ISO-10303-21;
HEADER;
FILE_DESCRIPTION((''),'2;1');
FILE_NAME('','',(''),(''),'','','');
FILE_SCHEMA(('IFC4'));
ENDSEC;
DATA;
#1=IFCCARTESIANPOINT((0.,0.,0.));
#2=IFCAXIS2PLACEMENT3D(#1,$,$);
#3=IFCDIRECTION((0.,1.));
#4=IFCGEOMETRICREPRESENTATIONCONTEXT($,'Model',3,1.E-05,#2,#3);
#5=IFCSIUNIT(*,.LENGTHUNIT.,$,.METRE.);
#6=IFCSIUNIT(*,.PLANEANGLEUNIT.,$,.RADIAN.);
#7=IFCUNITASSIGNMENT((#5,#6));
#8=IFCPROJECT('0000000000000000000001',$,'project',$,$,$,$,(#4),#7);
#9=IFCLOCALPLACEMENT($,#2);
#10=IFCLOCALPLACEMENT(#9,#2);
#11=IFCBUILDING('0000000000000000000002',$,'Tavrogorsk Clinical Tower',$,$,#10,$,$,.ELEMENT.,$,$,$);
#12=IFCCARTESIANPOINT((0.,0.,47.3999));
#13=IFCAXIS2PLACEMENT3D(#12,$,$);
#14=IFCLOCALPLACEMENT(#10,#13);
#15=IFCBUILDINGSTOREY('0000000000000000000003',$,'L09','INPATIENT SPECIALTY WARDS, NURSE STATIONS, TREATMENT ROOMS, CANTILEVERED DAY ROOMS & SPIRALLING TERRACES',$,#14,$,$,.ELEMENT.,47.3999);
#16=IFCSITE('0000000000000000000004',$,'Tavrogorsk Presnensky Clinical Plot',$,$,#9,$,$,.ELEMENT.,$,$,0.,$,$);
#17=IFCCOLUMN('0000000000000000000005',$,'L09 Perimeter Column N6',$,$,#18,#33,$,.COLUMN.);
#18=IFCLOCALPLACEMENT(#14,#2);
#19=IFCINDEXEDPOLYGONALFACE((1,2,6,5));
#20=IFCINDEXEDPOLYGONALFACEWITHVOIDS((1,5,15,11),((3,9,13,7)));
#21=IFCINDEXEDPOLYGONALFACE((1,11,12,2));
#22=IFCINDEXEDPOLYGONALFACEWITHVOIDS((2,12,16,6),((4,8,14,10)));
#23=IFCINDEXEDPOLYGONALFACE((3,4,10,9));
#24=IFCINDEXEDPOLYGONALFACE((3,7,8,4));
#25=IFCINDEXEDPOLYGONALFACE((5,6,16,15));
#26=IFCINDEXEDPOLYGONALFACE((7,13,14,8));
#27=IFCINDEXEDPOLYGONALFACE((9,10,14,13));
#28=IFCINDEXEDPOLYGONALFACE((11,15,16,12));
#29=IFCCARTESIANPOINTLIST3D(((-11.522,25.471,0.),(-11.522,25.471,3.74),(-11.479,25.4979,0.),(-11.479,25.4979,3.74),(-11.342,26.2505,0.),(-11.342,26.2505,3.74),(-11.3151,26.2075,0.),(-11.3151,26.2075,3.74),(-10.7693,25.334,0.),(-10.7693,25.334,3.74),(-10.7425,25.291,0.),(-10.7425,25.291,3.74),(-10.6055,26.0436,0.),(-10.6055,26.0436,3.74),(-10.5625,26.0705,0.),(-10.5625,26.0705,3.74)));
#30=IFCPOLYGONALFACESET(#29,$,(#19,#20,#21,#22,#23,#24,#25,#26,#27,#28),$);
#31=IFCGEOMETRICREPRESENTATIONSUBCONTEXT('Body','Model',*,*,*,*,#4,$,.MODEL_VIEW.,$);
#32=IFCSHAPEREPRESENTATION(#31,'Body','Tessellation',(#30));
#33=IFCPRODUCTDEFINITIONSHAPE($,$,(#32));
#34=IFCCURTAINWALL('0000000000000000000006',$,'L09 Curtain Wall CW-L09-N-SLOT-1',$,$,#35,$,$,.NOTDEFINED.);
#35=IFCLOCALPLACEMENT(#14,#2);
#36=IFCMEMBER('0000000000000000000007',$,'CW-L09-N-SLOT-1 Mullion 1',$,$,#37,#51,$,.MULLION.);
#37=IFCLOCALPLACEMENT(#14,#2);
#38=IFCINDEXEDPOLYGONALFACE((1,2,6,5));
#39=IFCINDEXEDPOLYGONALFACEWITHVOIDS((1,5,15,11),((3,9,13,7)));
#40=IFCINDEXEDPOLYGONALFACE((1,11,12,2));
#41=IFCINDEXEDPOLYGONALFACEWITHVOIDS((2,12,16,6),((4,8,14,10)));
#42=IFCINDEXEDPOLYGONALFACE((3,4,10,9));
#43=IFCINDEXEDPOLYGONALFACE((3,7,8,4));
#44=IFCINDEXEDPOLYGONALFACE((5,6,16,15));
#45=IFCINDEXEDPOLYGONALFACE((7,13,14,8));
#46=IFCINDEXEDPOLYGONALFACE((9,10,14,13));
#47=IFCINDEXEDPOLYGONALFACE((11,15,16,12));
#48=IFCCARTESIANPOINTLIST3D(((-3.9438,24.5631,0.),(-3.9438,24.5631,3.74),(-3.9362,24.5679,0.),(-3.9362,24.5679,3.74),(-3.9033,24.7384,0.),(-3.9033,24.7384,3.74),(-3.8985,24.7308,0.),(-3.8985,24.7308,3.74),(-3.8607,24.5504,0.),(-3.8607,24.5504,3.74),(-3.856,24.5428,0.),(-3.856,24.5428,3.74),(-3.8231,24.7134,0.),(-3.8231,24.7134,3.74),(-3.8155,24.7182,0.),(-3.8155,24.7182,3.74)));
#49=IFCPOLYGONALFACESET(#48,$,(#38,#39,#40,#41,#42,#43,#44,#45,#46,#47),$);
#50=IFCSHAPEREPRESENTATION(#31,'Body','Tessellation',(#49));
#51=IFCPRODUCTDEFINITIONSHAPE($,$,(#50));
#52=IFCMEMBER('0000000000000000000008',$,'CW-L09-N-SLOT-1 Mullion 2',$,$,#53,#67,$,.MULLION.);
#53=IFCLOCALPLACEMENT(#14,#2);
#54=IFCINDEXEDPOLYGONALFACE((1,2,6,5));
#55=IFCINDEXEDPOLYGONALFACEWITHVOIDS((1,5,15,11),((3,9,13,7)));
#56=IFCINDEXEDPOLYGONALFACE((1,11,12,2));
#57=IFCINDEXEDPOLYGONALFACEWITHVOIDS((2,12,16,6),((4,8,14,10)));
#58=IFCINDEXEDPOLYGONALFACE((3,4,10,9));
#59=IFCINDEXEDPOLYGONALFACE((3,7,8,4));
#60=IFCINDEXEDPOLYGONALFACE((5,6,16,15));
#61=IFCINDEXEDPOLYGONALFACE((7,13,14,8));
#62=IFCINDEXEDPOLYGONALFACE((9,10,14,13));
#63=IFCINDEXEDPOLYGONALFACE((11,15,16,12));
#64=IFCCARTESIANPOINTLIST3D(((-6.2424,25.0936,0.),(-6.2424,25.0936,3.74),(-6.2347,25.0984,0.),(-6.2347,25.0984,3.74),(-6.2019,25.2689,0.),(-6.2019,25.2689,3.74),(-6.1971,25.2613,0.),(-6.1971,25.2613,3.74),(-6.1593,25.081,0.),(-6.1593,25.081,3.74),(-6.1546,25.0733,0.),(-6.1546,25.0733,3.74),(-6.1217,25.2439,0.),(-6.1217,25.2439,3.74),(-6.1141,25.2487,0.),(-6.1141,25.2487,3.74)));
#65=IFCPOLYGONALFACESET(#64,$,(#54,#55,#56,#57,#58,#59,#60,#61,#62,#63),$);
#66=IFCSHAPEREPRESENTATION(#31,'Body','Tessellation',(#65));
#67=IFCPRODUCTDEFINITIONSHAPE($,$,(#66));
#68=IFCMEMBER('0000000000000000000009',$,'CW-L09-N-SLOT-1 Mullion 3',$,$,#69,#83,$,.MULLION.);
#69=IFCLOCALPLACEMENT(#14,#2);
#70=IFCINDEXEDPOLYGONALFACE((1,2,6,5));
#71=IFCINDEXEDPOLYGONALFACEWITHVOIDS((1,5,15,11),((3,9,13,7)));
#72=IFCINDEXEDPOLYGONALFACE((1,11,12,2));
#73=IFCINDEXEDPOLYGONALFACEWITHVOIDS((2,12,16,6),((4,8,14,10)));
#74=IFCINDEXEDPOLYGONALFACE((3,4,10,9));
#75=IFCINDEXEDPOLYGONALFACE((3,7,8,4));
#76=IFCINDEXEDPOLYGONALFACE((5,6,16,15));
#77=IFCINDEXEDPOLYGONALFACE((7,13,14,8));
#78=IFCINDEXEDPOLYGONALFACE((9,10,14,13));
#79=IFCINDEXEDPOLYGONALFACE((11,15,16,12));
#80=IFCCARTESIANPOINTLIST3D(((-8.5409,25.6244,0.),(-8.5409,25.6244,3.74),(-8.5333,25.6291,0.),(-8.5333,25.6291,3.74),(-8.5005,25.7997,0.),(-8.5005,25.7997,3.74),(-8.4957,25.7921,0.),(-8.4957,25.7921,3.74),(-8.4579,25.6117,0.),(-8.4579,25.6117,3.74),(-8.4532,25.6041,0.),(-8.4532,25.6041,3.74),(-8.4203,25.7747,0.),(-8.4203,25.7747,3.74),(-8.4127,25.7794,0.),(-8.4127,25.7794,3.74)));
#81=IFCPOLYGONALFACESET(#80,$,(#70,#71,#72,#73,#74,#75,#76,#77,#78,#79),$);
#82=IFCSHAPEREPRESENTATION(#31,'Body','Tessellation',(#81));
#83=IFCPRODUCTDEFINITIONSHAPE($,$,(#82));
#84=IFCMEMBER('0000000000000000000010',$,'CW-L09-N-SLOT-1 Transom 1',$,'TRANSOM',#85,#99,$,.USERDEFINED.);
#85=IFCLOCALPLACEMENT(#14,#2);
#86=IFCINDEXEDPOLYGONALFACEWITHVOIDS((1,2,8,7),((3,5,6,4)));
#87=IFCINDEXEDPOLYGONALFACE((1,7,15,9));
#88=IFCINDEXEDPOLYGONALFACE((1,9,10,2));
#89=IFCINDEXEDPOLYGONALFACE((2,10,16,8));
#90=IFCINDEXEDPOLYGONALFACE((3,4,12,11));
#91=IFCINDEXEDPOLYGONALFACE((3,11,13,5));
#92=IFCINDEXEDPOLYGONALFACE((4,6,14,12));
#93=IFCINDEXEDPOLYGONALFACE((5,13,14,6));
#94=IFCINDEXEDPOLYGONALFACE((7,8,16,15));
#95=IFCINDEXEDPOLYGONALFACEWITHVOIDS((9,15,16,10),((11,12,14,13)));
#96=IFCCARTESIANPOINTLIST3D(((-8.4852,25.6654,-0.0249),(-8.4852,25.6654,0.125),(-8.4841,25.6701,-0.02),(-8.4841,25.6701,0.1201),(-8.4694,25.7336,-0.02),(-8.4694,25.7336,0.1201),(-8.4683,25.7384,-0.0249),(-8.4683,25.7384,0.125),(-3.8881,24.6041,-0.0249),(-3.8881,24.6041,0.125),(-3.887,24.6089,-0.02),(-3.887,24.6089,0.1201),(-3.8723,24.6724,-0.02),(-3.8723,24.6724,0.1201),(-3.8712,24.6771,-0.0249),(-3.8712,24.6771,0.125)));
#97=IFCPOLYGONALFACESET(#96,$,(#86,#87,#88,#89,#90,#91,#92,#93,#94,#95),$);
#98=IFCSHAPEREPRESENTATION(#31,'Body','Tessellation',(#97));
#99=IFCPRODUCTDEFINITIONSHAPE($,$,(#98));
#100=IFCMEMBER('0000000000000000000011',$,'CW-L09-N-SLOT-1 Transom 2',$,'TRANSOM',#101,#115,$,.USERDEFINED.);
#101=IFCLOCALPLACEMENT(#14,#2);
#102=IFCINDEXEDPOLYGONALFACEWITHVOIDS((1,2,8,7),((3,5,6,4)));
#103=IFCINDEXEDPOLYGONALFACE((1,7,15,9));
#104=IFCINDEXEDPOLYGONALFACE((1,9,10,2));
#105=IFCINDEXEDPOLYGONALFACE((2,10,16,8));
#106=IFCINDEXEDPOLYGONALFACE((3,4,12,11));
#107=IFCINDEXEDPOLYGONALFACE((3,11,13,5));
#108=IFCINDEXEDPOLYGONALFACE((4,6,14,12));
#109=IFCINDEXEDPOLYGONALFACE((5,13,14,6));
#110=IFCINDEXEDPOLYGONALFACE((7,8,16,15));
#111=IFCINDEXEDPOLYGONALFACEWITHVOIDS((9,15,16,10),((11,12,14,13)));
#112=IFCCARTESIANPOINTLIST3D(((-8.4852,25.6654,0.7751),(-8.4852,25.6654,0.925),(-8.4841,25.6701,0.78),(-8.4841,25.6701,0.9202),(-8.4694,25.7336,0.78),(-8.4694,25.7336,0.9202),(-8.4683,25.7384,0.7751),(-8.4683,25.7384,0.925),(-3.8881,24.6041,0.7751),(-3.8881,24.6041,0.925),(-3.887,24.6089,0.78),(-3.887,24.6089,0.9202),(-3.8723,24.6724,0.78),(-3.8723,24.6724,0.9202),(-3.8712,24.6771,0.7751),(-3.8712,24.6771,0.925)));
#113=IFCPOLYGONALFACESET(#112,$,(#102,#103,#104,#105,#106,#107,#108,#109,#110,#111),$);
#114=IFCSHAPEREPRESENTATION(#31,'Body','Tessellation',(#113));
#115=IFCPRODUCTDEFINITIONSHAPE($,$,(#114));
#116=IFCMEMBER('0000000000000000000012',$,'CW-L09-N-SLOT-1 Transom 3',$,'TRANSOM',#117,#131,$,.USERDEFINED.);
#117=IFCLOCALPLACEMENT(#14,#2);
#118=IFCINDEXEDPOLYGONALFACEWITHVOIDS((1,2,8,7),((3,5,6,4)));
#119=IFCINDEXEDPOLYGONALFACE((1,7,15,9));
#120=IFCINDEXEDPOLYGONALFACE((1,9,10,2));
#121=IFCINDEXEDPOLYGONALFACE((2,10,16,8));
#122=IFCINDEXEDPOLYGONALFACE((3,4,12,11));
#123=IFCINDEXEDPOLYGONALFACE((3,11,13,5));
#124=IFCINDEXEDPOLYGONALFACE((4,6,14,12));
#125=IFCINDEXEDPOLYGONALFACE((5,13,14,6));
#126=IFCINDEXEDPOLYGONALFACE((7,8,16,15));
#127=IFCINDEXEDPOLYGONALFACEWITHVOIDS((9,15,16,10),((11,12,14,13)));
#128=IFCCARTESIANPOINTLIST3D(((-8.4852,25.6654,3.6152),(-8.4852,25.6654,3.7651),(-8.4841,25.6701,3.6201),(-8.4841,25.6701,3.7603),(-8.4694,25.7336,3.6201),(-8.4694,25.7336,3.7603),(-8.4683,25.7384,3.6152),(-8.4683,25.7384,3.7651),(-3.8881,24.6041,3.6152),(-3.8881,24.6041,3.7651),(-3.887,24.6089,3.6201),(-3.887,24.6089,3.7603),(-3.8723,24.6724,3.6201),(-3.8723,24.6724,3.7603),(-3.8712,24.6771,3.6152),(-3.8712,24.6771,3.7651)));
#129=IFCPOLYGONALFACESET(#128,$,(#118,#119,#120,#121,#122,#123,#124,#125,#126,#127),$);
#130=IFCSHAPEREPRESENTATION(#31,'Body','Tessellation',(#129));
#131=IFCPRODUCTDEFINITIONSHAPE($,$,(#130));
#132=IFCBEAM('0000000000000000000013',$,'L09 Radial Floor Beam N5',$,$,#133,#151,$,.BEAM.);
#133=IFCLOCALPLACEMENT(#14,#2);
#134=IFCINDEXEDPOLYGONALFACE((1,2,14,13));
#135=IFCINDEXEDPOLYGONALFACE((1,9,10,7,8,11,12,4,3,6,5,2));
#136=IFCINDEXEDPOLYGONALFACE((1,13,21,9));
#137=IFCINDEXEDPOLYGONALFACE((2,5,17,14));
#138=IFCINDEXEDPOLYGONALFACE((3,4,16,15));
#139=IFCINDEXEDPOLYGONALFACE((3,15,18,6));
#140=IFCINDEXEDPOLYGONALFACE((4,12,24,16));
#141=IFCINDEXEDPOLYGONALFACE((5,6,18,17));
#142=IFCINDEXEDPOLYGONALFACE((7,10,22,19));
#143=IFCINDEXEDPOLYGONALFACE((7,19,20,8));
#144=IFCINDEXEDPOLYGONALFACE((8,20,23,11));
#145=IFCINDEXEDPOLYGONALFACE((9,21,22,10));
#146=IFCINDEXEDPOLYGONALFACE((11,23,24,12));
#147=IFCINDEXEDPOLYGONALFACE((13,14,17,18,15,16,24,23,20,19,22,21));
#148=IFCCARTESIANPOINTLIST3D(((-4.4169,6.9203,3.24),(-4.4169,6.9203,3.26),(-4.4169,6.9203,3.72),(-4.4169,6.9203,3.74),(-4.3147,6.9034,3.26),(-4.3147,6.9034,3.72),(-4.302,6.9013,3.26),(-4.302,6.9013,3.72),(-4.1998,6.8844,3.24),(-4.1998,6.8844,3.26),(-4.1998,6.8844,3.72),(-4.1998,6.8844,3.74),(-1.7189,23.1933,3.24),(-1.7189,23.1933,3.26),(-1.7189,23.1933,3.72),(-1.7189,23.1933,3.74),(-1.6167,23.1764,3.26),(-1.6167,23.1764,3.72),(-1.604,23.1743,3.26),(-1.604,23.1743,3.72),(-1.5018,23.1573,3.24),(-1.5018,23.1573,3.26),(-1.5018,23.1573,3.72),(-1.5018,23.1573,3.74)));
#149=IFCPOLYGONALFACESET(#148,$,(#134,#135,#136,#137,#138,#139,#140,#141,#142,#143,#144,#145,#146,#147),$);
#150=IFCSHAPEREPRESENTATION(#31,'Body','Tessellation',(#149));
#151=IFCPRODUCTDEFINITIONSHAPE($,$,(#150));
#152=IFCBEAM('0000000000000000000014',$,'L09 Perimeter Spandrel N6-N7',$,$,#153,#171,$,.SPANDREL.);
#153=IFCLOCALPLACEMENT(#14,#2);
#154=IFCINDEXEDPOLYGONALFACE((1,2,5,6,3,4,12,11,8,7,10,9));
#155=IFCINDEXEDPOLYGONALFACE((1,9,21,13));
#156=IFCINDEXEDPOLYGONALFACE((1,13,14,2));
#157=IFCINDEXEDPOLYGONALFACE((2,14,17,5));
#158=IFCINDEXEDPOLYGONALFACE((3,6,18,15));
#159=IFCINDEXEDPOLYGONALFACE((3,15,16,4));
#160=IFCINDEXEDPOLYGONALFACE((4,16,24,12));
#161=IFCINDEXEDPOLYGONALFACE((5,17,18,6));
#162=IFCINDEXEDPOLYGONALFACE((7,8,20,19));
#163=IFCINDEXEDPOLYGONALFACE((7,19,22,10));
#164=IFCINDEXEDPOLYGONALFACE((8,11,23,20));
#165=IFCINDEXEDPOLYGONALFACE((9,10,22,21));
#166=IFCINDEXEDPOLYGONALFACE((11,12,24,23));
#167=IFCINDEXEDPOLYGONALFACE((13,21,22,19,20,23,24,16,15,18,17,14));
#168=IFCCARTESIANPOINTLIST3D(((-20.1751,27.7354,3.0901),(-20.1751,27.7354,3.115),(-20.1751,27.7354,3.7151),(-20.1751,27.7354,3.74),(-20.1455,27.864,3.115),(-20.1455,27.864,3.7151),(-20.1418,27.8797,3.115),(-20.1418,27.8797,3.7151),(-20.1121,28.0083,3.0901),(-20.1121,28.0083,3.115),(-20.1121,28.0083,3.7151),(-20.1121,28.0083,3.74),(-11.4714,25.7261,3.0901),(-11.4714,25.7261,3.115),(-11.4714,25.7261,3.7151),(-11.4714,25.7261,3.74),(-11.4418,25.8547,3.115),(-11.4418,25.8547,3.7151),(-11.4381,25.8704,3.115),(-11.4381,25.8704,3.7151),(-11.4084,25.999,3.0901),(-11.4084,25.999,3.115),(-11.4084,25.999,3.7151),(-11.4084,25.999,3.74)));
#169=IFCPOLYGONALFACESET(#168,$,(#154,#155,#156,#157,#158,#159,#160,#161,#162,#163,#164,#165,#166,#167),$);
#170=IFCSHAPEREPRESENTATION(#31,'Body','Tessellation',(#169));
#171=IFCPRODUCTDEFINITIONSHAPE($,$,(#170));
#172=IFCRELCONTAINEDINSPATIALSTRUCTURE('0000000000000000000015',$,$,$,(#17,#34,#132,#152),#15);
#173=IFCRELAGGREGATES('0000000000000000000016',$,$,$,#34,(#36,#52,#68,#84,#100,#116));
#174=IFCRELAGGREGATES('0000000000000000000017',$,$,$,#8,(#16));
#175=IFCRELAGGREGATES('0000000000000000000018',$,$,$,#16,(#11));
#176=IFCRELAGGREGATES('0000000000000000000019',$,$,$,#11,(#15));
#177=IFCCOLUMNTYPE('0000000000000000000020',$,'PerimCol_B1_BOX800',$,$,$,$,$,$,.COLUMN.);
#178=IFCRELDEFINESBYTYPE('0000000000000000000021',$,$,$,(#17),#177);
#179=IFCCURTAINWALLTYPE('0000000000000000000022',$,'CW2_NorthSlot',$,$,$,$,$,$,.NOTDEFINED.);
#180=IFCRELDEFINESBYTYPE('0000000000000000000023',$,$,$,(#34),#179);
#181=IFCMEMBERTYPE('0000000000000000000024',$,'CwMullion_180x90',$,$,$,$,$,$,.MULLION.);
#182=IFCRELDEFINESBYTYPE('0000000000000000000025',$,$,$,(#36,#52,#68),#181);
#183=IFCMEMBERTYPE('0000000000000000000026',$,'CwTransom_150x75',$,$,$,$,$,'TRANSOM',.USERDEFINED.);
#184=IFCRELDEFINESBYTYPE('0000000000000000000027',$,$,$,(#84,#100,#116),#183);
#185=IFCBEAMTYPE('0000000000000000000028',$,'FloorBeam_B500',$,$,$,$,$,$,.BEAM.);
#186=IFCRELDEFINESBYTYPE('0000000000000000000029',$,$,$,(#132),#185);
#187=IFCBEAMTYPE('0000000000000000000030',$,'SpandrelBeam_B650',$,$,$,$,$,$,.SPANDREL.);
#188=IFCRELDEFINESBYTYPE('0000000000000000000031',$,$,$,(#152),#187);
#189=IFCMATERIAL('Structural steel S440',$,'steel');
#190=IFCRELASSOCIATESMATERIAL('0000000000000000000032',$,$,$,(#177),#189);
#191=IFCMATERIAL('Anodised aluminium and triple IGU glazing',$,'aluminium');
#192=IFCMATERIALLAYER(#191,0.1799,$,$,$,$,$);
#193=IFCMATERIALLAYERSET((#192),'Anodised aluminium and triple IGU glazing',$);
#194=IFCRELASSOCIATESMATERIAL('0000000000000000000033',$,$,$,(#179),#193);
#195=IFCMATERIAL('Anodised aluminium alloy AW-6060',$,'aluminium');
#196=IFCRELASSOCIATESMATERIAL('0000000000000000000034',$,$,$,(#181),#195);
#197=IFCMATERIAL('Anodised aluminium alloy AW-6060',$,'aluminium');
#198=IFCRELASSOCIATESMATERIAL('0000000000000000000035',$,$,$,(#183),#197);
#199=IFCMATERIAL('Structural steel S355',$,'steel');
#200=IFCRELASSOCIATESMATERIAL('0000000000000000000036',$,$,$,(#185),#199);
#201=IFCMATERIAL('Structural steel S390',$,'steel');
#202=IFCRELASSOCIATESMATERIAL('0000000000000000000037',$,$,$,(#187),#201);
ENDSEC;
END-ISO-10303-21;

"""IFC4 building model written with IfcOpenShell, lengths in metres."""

from ifc_helpers import new_model, si_unit, direction, frame, origin, origin_2d, place, context, subcontext, project, spatial, hollow_rectangle, i_section, extrude, material, layer, layer_set, material_profile, profile_set, type_object, element, aggregate, save


model = new_model("IFC4")

# Units and contexts
model_context = context("Model", 3, precision=1e-05, world=origin(), true_north=direction((0.0, 1.0)))
body_context = subcontext(model_context, "Body", "Model", "MODEL_VIEW")
ifc_project = project(units=[si_unit("LENGTHUNIT", "METRE"), si_unit("PLANEANGLEUNIT", "RADIAN")], contexts=[model_context])

# Site, building, storey
site_placement = place(None, origin())
site = spatial("IfcSite", under=ifc_project, at=site_placement, Name="Tavrogorsk Presnensky Clinical Plot", CompositionType="ELEMENT", RefElevation=0.0)
building_placement = place(site_placement, origin())
building = spatial("IfcBuilding", under=site, at=building_placement, Name="Tavrogorsk Clinical Tower", CompositionType="ELEMENT")
storey_placement = place(building_placement, frame((0.0, 0.0, 47.3999)))
storey = spatial("IfcBuildingStorey", under=building, at=storey_placement, Name="L09", Description="INPATIENT SPECIALTY WARDS, NURSE STATIONS, TREATMENT ROOMS, CANTILEVERED DAY ROOMS & SPIRALLING TERRACES", CompositionType="ELEMENT", Elevation=47.3999)

# Column
ifc_material_1 = material(Name="Structural steel S440", Category="steel")
ifc_material_profile_1 = material_profile(ifc_material_1, hollow_rectangle(XDim=0.8, YDim=0.8, WallThickness=0.0359, at=origin_2d()), Name="BOX-800x800x36")
ifc_profile_set_1 = profile_set([ifc_material_profile_1], Name="Structural steel S440")
column_type = type_object("IfcColumnType", Name="PerimCol_B1_BOX800", PredefinedType="COLUMN", material=ifc_profile_set_1)
column_placement = place(storey_placement, frame((-11.0422, 25.7708, 0.0), z_axis=(0.0, 0.0, 1.0), x_axis=(0.97437, -0.224951, 0.0)))
element("IfcColumn", 1, at=column_placement, inside=storey, type_object=column_type, Name="L09 Perimeter Column N6", PredefinedType="COLUMN", context=body_context, shape_type="SweptSolid", body=[
    extrude(hollow_rectangle(XDim=0.8, YDim=0.8, WallThickness=0.0359, at=origin_2d()), origin(), (0.0, 0.0, 1.0), 3.74),
])

# Curtain wall, members
ifc_material_2 = material(Name="Anodised aluminium and triple IGU glazing", Category="aluminium")
ifc_layer_1 = layer(ifc_material_2, 0.1799)
ifc_layer_set_1 = layer_set([ifc_layer_1], Name="Anodised aluminium and triple IGU glazing")
curtain_wall_type = type_object("IfcCurtainWallType", Name="CW2_NorthSlot", PredefinedType="NOTDEFINED", material=ifc_layer_set_1)
curtain_wall_placement = place(storey_placement, origin())
curtain_wall = element("IfcCurtainWall", 2, at=curtain_wall_placement, inside=storey, type_object=curtain_wall_type, Name="L09 Curtain Wall CW-L09-N-SLOT-1", PredefinedType="NOTDEFINED")
ifc_material_3 = material(Name="Anodised aluminium alloy AW-6060", Category="aluminium")
ifc_material_profile_2 = material_profile(ifc_material_3, hollow_rectangle(XDim=0.0901, YDim=0.1799, WallThickness=0.0063, at=origin_2d()), Name="RHS-180x90x6.3")
ifc_profile_set_2 = profile_set([ifc_material_profile_2], Name="Anodised aluminium alloy AW-6060")
member_type_1 = type_object("IfcMemberType", Name="CwMullion_180x90", PredefinedType="MULLION", material=ifc_profile_set_2)
member_1_placement = place(storey_placement, frame((-3.8796, 24.6406, 0.0), z_axis=(0.0, 0.0, 1.0), x_axis=(-0.97437, 0.224951, 0.0)))
member_1 = element("IfcMember", 3, at=member_1_placement, type_object=member_type_1, Name="CW-L09-N-SLOT-1 Mullion 1", PredefinedType="MULLION", context=body_context, shape_type="SweptSolid", body=[
    extrude(hollow_rectangle(XDim=0.0901, YDim=0.1799, WallThickness=0.0063, at=origin_2d()), origin(), (0.0, 0.0, 1.0), 3.74),
])
member_2_placement = place(storey_placement, frame((-6.1782, 25.1711, 0.0), z_axis=(0.0, 0.0, 1.0), x_axis=(-0.97437, 0.224951, 0.0)))
member_2 = element("IfcMember", 4, at=member_2_placement, type_object=member_type_1, Name="CW-L09-N-SLOT-1 Mullion 2", PredefinedType="MULLION", context=body_context, shape_type="SweptSolid", body=[
    extrude(hollow_rectangle(XDim=0.0901, YDim=0.1799, WallThickness=0.0063, at=origin_2d()), origin(), (0.0, 0.0, 1.0), 3.74),
])
member_3_placement = place(storey_placement, frame((-8.4768, 25.7019, 0.0), z_axis=(0.0, 0.0, 1.0), x_axis=(-0.97437, 0.224951, 0.0)))
member_3 = element("IfcMember", 5, at=member_3_placement, type_object=member_type_1, Name="CW-L09-N-SLOT-1 Mullion 3", PredefinedType="MULLION", context=body_context, shape_type="SweptSolid", body=[
    extrude(hollow_rectangle(XDim=0.0901, YDim=0.1799, WallThickness=0.0063, at=origin_2d()), origin(), (0.0, 0.0, 1.0), 3.74),
])
ifc_material_4 = material(Name="Anodised aluminium alloy AW-6060", Category="aluminium")
ifc_material_profile_3 = material_profile(ifc_material_4, hollow_rectangle(XDim=0.075, YDim=0.1499, WallThickness=0.0049, at=origin_2d()), Name="RHS-150x75x5")
ifc_profile_set_3 = profile_set([ifc_material_profile_3], Name="Anodised aluminium alloy AW-6060")
member_type_2 = type_object("IfcMemberType", Name="CwTransom_150x75", ElementType="TRANSOM", PredefinedType="USERDEFINED", material=ifc_profile_set_3)
member_4_placement = place(storey_placement, frame((-3.8796, 24.6406, 0.05), z_axis=(-0.974373, 0.224939, 0.0), x_axis=(-0.224939, -0.974373, 0.0)))
member_4 = element("IfcMember", 6, at=member_4_placement, type_object=member_type_2, Name="CW-L09-N-SLOT-1 Transom 1", ObjectType="TRANSOM", PredefinedType="USERDEFINED", context=body_context, shape_type="SweptSolid", body=[
    extrude(hollow_rectangle(XDim=0.075, YDim=0.1499, WallThickness=0.0049, at=origin_2d()), origin(), (0.0, 0.0, 1.0), 4.718),
])
member_5_placement = place(storey_placement, frame((-3.8796, 24.6406, 0.8501), z_axis=(-0.974373, 0.224939, 0.0), x_axis=(-0.224939, -0.974373, 0.0)))
member_5 = element("IfcMember", 7, at=member_5_placement, type_object=member_type_2, Name="CW-L09-N-SLOT-1 Transom 2", ObjectType="TRANSOM", PredefinedType="USERDEFINED", context=body_context, shape_type="SweptSolid", body=[
    extrude(hollow_rectangle(XDim=0.075, YDim=0.1499, WallThickness=0.0049, at=origin_2d()), origin(), (0.0, 0.0, 1.0), 4.718),
])
member_6_placement = place(storey_placement, frame((-3.8796, 24.6406, 3.6902), z_axis=(-0.974373, 0.224939, 0.0), x_axis=(-0.224939, -0.974373, 0.0)))
member_6 = element("IfcMember", 8, at=member_6_placement, type_object=member_type_2, Name="CW-L09-N-SLOT-1 Transom 3", ObjectType="TRANSOM", PredefinedType="USERDEFINED", context=body_context, shape_type="SweptSolid", body=[
    extrude(hollow_rectangle(XDim=0.075, YDim=0.1499, WallThickness=0.0049, at=origin_2d()), origin(), (0.0, 0.0, 1.0), 4.718),
])

# Beams
ifc_material_5 = material(Name="Structural steel S355", Category="steel")
ifc_material_profile_4 = material_profile(ifc_material_5, i_section(OverallWidth=0.22, OverallDepth=0.5, WebThickness=0.0129, FlangeThickness=0.02, at=origin_2d()), Name="B-500x220x13x20")
ifc_profile_set_4 = profile_set([ifc_material_profile_4], Name="Structural steel S355")
beam_type_1 = type_object("IfcBeamType", Name="FloorBeam_B500", PredefinedType="BEAM", material=ifc_profile_set_4)
beam_1_placement = place(storey_placement, frame((-4.3083, 6.9023, 3.49), z_axis=(0.163564, 0.986533, 0.0), x_axis=(-0.986533, 0.163564, 0.0)))
element("IfcBeam", 9, at=beam_1_placement, inside=storey, type_object=beam_type_1, Name="L09 Radial Floor Beam N5", PredefinedType="BEAM", context=body_context, shape_type="SweptSolid", body=[
    extrude(i_section(OverallWidth=0.22, OverallDepth=0.5, WebThickness=0.0129, FlangeThickness=0.02, at=origin_2d()), origin(), (0.0, 0.0, 1.0), 16.4951),
])
ifc_material_6 = material(Name="Structural steel S390", Category="steel")
ifc_material_profile_5 = material_profile(ifc_material_6, i_section(OverallWidth=0.28, OverallDepth=0.6499, WebThickness=0.0161, FlangeThickness=0.0249, at=origin_2d()), Name="B-650x280x16x25")
ifc_profile_set_5 = profile_set([ifc_material_profile_5], Name="Structural steel S390")
beam_type_2 = type_object("IfcBeamType", Name="SpandrelBeam_B650", PredefinedType="SPANDREL", material=ifc_profile_set_5)
beam_2_placement = place(storey_placement, frame((-11.4399, 25.8625, 3.415), z_axis=(-0.974373, 0.224939, 0.0), x_axis=(-0.224939, -0.974373, 0.0)))
element("IfcBeam", 10, at=beam_2_placement, inside=storey, type_object=beam_type_2, Name="L09 Perimeter Spandrel N6-N7", PredefinedType="SPANDREL", context=body_context, shape_type="SweptSolid", body=[
    extrude(i_section(OverallWidth=0.28, OverallDepth=0.6499, WebThickness=0.0161, FlangeThickness=0.0249, at=origin_2d()), origin(), (0.0, 0.0, 1.0), 8.9326),
])

aggregate(curtain_wall, [member_1, member_2, member_3, member_4, member_5, member_6])

save(model, "model.ifc")
